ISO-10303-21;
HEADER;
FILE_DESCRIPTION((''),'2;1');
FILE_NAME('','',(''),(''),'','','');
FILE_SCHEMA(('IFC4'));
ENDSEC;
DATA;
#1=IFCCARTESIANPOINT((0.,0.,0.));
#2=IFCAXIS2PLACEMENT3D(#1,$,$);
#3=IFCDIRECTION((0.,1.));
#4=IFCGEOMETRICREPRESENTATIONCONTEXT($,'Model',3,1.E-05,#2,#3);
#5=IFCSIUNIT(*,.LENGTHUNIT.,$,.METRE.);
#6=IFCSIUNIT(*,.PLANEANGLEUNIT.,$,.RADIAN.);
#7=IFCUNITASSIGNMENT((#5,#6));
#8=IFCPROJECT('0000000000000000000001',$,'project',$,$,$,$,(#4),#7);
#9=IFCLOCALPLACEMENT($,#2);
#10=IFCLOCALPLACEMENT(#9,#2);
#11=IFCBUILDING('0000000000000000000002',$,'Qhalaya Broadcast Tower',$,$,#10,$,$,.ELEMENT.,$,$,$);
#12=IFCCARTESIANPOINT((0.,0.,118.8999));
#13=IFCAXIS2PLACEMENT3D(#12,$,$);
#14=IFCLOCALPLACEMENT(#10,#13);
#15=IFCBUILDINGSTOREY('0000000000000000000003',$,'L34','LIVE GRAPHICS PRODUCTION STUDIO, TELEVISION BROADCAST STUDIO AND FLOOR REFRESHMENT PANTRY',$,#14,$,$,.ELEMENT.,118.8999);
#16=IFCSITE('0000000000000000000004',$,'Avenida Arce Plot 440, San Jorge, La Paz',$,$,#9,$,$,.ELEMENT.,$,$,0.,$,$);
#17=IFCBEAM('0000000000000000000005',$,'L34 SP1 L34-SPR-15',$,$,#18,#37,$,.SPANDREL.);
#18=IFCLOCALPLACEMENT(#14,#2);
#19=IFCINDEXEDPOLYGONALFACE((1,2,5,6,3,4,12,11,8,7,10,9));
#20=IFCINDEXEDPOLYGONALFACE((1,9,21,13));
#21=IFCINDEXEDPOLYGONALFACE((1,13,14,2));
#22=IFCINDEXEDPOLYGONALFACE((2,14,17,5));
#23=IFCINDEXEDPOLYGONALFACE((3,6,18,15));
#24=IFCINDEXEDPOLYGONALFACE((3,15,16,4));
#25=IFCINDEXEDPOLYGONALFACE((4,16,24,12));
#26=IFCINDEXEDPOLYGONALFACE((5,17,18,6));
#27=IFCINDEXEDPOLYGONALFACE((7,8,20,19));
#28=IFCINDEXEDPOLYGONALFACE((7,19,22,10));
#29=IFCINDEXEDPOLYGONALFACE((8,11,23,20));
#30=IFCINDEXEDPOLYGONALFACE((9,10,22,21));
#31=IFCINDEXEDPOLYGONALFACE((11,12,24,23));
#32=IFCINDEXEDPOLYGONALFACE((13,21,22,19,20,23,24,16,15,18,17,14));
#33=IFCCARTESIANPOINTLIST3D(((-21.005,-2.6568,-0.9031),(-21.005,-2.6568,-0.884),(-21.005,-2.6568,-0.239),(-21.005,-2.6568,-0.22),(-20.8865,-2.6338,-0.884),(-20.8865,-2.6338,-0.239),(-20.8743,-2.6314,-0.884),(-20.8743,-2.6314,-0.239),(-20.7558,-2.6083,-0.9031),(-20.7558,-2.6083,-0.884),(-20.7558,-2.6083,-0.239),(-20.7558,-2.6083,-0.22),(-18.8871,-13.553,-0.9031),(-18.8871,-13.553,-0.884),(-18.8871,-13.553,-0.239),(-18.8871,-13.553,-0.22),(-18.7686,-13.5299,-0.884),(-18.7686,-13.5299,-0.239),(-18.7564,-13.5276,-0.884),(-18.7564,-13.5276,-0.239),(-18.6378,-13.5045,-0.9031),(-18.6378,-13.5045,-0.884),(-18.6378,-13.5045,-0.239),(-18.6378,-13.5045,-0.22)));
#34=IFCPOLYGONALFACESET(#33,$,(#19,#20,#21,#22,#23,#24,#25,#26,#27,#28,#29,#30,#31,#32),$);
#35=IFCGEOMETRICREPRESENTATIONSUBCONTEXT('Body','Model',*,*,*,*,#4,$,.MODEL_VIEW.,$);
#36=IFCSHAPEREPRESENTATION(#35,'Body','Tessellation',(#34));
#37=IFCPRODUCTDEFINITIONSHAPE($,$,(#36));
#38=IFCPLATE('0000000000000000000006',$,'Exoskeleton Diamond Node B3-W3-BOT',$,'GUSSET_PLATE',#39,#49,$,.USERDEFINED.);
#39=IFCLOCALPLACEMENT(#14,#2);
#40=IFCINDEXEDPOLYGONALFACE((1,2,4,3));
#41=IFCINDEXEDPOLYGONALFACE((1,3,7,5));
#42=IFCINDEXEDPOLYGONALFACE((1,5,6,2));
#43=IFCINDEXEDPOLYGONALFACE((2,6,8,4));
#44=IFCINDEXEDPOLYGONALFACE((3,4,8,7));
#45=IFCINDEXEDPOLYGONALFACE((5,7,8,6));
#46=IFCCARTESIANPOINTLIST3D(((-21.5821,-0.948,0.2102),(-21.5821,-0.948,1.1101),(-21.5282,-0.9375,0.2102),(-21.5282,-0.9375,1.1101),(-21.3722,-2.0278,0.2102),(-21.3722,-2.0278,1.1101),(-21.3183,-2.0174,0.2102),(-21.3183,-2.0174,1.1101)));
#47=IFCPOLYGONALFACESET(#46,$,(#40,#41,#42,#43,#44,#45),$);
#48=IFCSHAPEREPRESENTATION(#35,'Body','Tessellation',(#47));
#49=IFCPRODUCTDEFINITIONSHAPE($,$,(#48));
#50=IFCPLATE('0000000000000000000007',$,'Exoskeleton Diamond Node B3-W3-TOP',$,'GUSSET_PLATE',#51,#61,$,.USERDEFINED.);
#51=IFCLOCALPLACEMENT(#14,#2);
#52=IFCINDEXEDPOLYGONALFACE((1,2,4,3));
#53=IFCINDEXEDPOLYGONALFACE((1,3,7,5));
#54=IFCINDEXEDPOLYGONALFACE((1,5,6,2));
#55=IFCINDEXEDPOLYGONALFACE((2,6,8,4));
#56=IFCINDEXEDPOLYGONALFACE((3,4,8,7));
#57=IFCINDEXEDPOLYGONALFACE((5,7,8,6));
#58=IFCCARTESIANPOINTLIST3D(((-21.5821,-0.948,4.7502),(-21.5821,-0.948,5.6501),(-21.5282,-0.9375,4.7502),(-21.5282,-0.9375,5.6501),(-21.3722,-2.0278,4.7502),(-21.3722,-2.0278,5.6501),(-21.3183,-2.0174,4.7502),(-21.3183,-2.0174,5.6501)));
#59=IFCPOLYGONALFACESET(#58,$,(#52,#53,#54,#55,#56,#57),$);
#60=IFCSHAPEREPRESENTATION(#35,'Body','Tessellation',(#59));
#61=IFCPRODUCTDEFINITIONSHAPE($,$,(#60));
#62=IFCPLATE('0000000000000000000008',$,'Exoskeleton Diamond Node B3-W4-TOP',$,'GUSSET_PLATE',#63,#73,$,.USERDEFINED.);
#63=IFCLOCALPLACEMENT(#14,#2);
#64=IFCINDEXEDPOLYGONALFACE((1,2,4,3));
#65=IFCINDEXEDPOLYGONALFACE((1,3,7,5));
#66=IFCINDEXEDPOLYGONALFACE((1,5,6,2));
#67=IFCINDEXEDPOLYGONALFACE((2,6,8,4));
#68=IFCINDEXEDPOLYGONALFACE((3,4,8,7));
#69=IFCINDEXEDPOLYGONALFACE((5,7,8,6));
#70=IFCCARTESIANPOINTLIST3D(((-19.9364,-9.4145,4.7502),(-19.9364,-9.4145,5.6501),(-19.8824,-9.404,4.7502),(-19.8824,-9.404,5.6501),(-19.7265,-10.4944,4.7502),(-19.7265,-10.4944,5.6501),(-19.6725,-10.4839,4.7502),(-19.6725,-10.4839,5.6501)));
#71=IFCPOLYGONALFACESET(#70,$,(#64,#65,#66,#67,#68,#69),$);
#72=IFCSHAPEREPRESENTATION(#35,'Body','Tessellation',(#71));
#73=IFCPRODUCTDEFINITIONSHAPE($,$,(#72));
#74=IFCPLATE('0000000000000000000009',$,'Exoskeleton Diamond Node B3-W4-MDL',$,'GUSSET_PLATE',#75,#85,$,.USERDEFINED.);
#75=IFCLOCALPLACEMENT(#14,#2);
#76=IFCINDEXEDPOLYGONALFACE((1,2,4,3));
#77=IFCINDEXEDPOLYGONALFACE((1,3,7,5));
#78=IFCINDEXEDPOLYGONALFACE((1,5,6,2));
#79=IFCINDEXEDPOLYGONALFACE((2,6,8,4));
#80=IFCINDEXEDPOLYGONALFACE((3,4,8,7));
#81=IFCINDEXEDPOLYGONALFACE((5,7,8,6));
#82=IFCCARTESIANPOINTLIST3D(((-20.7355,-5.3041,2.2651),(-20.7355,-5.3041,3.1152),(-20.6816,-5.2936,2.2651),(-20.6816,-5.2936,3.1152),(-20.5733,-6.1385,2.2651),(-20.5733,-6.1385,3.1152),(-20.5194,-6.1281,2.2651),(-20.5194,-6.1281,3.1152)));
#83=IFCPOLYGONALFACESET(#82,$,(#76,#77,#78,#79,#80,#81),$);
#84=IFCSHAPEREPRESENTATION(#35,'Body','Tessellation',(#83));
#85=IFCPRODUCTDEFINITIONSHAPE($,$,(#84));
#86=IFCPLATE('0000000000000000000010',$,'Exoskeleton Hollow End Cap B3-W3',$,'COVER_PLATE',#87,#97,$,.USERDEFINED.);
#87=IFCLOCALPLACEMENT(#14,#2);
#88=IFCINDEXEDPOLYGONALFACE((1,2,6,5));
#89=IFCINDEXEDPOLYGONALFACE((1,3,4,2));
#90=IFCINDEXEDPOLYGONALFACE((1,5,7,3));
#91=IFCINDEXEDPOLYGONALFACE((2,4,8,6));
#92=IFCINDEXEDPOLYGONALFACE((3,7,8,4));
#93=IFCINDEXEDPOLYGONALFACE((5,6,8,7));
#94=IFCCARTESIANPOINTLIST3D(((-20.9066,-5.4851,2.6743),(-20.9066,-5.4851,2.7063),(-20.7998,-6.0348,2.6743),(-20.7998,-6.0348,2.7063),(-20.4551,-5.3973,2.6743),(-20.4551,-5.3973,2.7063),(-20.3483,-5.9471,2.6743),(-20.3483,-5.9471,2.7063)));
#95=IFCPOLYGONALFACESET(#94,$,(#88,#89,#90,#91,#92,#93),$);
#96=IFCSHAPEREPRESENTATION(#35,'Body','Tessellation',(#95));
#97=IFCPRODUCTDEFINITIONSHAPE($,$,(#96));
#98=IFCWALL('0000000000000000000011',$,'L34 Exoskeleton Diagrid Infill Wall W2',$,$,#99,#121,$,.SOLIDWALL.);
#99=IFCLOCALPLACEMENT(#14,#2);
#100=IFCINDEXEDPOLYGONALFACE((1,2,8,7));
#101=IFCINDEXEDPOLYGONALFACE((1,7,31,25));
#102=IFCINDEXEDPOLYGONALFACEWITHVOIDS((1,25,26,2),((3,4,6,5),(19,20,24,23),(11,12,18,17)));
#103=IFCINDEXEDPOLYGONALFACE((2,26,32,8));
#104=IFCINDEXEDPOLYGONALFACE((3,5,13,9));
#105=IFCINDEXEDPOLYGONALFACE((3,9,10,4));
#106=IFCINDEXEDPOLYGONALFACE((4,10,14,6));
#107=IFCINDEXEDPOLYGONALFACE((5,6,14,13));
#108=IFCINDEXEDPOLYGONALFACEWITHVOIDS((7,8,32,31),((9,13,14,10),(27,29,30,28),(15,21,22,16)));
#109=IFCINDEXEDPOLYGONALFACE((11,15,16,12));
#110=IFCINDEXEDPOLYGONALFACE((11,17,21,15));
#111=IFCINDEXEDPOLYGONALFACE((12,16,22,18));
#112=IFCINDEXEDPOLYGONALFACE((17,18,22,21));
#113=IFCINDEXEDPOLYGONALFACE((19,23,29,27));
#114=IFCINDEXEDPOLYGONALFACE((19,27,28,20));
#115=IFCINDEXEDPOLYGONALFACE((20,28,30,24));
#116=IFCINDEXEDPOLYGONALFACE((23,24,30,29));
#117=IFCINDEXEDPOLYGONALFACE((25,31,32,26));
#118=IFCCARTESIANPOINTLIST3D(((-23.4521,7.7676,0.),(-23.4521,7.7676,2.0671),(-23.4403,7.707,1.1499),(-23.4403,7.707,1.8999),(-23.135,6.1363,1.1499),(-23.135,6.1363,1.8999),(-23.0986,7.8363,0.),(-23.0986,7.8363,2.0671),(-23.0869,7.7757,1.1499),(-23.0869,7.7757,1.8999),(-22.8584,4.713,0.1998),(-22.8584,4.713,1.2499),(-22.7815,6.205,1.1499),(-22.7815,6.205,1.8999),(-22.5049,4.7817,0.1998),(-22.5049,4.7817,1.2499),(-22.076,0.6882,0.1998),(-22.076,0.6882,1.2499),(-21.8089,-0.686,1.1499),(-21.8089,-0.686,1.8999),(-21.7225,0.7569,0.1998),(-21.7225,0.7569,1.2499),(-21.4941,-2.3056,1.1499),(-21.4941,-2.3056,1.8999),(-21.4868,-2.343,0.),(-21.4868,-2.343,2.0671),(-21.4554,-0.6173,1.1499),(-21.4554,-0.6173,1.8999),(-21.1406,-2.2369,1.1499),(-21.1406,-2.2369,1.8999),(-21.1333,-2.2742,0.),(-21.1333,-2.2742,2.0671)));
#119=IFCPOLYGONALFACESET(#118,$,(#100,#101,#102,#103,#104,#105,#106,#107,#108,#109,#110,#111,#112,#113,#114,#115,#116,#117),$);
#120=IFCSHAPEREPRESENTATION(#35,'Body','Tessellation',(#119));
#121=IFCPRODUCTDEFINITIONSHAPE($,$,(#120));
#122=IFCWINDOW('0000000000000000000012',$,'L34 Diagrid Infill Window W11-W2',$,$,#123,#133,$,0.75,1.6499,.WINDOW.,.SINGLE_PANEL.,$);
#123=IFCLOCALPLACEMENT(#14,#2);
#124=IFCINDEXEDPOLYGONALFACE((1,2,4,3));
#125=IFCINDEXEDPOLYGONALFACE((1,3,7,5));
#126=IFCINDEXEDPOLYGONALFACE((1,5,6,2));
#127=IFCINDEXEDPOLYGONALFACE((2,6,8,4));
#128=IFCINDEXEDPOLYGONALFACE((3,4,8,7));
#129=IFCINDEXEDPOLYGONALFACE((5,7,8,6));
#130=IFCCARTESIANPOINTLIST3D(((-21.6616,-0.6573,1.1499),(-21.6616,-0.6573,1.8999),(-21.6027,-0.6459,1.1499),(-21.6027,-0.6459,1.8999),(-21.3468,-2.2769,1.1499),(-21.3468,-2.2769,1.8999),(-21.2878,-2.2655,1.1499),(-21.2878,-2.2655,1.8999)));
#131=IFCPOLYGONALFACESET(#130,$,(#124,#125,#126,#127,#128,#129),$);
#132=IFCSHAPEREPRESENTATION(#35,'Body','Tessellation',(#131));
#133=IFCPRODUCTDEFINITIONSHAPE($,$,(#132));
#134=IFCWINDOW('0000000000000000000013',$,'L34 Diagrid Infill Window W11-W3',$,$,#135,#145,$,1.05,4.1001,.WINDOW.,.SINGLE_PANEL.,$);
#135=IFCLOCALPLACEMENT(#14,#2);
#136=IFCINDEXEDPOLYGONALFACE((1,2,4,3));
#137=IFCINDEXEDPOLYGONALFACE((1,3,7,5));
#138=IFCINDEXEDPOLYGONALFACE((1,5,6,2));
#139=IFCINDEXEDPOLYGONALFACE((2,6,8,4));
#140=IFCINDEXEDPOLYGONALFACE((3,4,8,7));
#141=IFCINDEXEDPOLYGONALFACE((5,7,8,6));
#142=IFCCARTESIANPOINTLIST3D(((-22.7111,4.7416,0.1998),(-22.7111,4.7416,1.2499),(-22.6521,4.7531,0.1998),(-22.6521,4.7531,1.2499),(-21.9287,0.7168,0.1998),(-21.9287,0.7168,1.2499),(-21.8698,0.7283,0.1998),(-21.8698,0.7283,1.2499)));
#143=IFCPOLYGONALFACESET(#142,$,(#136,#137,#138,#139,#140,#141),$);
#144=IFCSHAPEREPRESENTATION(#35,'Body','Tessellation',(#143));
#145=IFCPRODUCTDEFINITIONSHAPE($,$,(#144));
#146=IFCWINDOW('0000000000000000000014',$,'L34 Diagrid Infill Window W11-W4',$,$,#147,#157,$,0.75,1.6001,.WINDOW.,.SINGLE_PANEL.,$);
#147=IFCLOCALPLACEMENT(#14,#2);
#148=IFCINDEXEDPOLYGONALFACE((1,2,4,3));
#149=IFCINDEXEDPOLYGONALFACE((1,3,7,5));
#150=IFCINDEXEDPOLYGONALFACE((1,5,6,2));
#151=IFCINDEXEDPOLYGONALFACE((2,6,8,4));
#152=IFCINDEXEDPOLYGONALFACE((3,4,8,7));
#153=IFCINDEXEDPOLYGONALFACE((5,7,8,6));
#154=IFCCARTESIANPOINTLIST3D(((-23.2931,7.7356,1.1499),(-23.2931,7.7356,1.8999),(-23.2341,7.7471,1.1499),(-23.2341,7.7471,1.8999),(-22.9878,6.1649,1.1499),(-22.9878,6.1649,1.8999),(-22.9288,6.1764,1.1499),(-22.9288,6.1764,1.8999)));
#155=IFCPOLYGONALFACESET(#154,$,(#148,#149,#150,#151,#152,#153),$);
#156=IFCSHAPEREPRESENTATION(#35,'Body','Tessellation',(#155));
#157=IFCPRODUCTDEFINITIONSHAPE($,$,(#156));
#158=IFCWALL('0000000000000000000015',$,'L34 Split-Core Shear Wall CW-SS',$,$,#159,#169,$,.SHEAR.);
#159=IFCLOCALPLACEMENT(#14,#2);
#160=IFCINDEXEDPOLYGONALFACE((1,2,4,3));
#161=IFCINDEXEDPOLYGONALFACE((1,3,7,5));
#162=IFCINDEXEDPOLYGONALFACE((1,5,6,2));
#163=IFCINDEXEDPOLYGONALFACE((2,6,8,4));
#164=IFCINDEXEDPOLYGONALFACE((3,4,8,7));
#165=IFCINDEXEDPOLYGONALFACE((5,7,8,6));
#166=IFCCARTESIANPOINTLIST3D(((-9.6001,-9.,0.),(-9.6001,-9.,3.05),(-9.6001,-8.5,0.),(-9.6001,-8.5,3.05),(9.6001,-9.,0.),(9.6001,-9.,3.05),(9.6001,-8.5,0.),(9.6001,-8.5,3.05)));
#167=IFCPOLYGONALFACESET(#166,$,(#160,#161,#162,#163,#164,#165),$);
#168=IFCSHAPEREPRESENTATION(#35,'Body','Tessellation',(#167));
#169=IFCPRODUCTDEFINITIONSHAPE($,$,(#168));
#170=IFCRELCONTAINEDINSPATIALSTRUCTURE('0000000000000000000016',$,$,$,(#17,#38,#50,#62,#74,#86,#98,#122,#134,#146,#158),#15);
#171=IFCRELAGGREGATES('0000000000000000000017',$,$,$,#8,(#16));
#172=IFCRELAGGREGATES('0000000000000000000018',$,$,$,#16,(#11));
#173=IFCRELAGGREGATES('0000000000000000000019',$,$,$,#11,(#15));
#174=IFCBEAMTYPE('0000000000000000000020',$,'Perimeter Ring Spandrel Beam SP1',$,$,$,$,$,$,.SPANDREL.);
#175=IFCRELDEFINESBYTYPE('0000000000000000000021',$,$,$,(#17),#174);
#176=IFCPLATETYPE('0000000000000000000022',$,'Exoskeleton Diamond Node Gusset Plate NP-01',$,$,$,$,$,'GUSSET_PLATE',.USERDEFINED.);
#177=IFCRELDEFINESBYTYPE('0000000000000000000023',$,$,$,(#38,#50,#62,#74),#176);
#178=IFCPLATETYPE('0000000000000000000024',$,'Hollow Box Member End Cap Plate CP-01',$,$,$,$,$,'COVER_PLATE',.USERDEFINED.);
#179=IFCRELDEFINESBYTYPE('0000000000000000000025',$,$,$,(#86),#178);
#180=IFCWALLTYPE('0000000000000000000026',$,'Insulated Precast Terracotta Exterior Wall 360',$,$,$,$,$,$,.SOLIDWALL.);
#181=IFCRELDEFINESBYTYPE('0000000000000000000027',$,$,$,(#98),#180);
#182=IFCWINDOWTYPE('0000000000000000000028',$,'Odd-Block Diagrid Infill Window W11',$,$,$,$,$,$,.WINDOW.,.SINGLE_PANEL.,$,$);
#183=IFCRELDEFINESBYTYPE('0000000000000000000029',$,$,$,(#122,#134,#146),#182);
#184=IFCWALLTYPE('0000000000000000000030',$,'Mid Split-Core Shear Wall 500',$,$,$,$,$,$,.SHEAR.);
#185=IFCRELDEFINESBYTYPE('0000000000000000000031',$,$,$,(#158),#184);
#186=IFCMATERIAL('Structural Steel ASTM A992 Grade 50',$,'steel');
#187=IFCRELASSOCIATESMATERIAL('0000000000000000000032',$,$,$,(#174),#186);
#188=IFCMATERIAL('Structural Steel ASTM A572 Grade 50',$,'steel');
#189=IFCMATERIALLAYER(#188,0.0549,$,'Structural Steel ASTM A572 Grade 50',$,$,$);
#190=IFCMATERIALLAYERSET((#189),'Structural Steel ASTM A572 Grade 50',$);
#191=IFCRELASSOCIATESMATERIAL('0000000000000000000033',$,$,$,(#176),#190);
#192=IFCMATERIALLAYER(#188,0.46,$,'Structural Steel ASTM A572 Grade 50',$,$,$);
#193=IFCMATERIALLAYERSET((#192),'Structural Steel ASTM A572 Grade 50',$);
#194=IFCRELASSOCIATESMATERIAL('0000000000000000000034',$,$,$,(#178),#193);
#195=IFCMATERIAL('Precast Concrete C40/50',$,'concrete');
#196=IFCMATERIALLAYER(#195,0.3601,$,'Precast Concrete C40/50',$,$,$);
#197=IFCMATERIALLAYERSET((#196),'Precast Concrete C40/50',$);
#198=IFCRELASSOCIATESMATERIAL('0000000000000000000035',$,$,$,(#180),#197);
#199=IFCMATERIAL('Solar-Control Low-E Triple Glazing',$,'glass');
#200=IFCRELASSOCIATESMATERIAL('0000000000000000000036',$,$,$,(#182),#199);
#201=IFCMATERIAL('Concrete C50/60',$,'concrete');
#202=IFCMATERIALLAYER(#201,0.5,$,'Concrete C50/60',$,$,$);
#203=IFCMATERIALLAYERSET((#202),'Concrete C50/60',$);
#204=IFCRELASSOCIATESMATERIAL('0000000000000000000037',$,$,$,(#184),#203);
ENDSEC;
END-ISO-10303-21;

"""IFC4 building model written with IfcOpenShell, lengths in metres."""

from ifc_helpers import new_model, si_unit, direction, frame, frame_2d, origin, origin_2d, place, context, subcontext, project, spatial, rectangle, i_section, extrude, material, layer, layer_set, material_profile, profile_set, type_object, element, fill, save


model = new_model("IFC4")

# Units and contexts
model_context = context("Model", 3, precision=1e-05, world=origin(), true_north=direction((0.0, 1.0)))
body_context = subcontext(model_context, "Body", "Model", "MODEL_VIEW")
ifc_project = project(units=[si_unit("LENGTHUNIT", "METRE"), si_unit("PLANEANGLEUNIT", "RADIAN")], contexts=[model_context])

# Site, building, storey
site_placement = place(None, origin())
site = spatial("IfcSite", under=ifc_project, at=site_placement, Name="Avenida Arce Plot 440, San Jorge, La Paz", CompositionType="ELEMENT", RefElevation=0.0)
building_placement = place(site_placement, origin())
building = spatial("IfcBuilding", under=site, at=building_placement, Name="Qhalaya Broadcast Tower", CompositionType="ELEMENT")
storey_placement = place(building_placement, frame((0.0, 0.0, 118.8999)))
storey = spatial("IfcBuildingStorey", under=building, at=storey_placement, Name="L34", Description="LIVE GRAPHICS PRODUCTION STUDIO, TELEVISION BROADCAST STUDIO AND FLOOR REFRESHMENT PANTRY", CompositionType="ELEMENT", Elevation=118.8999)

# Shared definitions
ifc_material_1 = material(Name="Structural Steel ASTM A572 Grade 50", Category="steel")

# Shared definitions
ifc_material_2 = material(Name="Structural Steel ASTM A992 Grade 50", Category="steel")

# Beam
ifc_material_profile_1 = material_profile(ifc_material_2, i_section(OverallWidth=0.2539, OverallDepth=0.6831, WebThickness=0.0125, FlangeThickness=0.019, at=origin_2d()), Name="W27X94")
ifc_profile_set_1 = profile_set([ifc_material_profile_1], Name="Structural Steel ASTM A992 Grade 50")
beam_type_1 = type_object("IfcBeamType", Name="Perimeter Ring Spandrel Beam SP1", PredefinedType="SPANDREL", material=ifc_profile_set_1)
beam_1_placement = place(storey_placement, frame((-20.8804, -2.6326, -0.5615), z_axis=(0.190801, -0.981629, 0.0), x_axis=(0.981629, 0.190801, 0.0)))
element("IfcBeam", 1, at=beam_1_placement, inside=storey, type_object=beam_type_1, Name="L34 SP1 L34-SPR-15", PredefinedType="SPANDREL", context=body_context, shape_type="SweptSolid", body=[
    extrude(i_section(OverallWidth=0.2539, OverallDepth=0.6831, WebThickness=0.0125, FlangeThickness=0.019, at=origin_2d()), origin(), (0.0, 0.0, 1.0), 11.1001),
])

# Plates
ifc_layer_1 = layer(ifc_material_1, 0.0549, Name="Structural Steel ASTM A572 Grade 50")
ifc_layer_set_1 = layer_set([ifc_layer_1], Name="Structural Steel ASTM A572 Grade 50")
plate_type_1 = type_object("IfcPlateType", Name="Exoskeleton Diamond Node Gusset Plate NP-01", ElementType="GUSSET_PLATE", PredefinedType="USERDEFINED", material=ifc_layer_set_1)
for number, where, z_axis, x_axis, name in (
    (2, (-21.4502, -1.4827, 0.2102), (0.0, 0.0, 1.0), (-0.190809, 0.981627, 0.0), "Exoskeleton Diamond Node B3-W3-BOT"),
    (3, (-21.4502, -1.4827, 4.7502), (0.0, 0.0, 1.0), (-0.190809, 0.981627, 0.0), "Exoskeleton Diamond Node B3-W3-TOP"),
    (4, (-19.8044, -9.9492, 4.7502), (0.0, 0.0, 1.0), (-0.190809, 0.981627, 0.0), "Exoskeleton Diamond Node B3-W4-TOP"),
):
    element("IfcPlate", number, at=place(storey_placement, frame(where, z_axis=z_axis, x_axis=x_axis)), inside=storey, type_object=plate_type_1, Name=name, ObjectType="GUSSET_PLATE", PredefinedType="USERDEFINED", context=body_context, shape_type="SweptSolid", body=[
        extrude(rectangle(XDim=1.1001, YDim=0.0549, at=origin_2d()), origin(), (0.0, 0.0, 1.0), 0.8999),
    ])
plate_1_placement = place(storey_placement, frame((-20.6274, -5.7161, 2.2651), z_axis=(0.0, 0.0, 1.0), x_axis=(-0.190809, 0.981627, 0.0)))
element("IfcPlate", 5, at=plate_1_placement, inside=storey, type_object=plate_type_1, Name="Exoskeleton Diamond Node B3-W4-MDL", ObjectType="GUSSET_PLATE", PredefinedType="USERDEFINED", context=body_context, shape_type="SweptSolid", body=[
    extrude(rectangle(XDim=0.8501, YDim=0.0549, at=origin_2d()), origin(), (0.0, 0.0, 1.0), 0.8501),
])
ifc_layer_2 = layer(ifc_material_1, 0.46, Name="Structural Steel ASTM A572 Grade 50")
ifc_layer_set_2 = layer_set([ifc_layer_2], Name="Structural Steel ASTM A572 Grade 50")
plate_type_2 = type_object("IfcPlateType", Name="Hollow Box Member End Cap Plate CP-01", ElementType="COVER_PLATE", PredefinedType="USERDEFINED", material=ifc_layer_set_2)
plate_2_placement = place(storey_placement, frame((-20.6274, -5.7161, 2.6743), z_axis=(0.0, 0.0, 1.0), x_axis=(-0.190809, 0.981627, 0.0)))
element("IfcPlate", 6, at=plate_2_placement, inside=storey, type_object=plate_type_2, Name="Exoskeleton Hollow End Cap B3-W3", ObjectType="COVER_PLATE", PredefinedType="USERDEFINED", context=body_context, shape_type="SweptSolid", body=[
    extrude(rectangle(XDim=0.5601, YDim=0.46, at=origin_2d()), origin(), (0.0, 0.0, 1.0), 0.032),
])

# Wall, openings, windows
ifc_material_3 = material(Name="Precast Concrete C40/50", Category="concrete")
ifc_layer_3 = layer(ifc_material_3, 0.3601, Name="Precast Concrete C40/50")
ifc_layer_set_3 = layer_set([ifc_layer_3], Name="Precast Concrete C40/50")
wall_type_1 = type_object("IfcWallType", Name="Insulated Precast Terracotta Exterior Wall 360", PredefinedType="SOLIDWALL", material=ifc_layer_set_3)
wall_1_placement = place(storey_placement, frame((-21.3101, -2.3086, 0.0), z_axis=(0.0, 0.0, 1.0), x_axis=(-0.190812, 0.981627, 0.0)))
wall_1 = element("IfcWall", 7, at=wall_1_placement, inside=storey, type_object=wall_type_1, Name="L34 Exoskeleton Diagrid Infill Wall W2", PredefinedType="SOLIDWALL", context=body_context, shape_type="SweptSolid", body=[
    extrude(rectangle(XDim=10.2998, YDim=0.3601, at=frame_2d((5.1499, 0.0))), origin(), (0.0, 0.0, 1.0), 2.0671),
])
opening_1_placement = place(wall_1_placement, frame((0.0381, 0.0, 1.1499)))
opening_1 = element("IfcOpeningElement", 8, at=opening_1_placement, cuts=wall_1, PredefinedType="OPENING", context=body_context, shape_type="SweptSolid", body=[
    extrude(rectangle(XDim=1.6499, YDim=0.75, at=frame_2d((0.825, 0.375))), frame((0.0, 0.1921, 0.0), z_axis=(0.0, -1.0, 0.0), x_axis=(1.0, 0.0, 0.0)), (0.0, 0.0, 1.0), 0.384),
])
opening_2_placement = place(wall_1_placement, frame((3.0879, 0.0, 0.2)))
opening_2 = element("IfcOpeningElement", 9, at=opening_2_placement, cuts=wall_1, PredefinedType="OPENING", context=body_context, shape_type="SweptSolid", body=[
    extrude(rectangle(XDim=4.1001, YDim=1.05, at=frame_2d((2.05, 0.5249))), frame((0.0, 0.1921, 0.0), z_axis=(0.0, -1.0, 0.0), x_axis=(1.0, 0.0, 0.0)), (0.0, 0.0, 1.0), 0.384),
])
opening_3_placement = place(wall_1_placement, frame((8.6379, 0.0, 1.1499)))
opening_3 = element("IfcOpeningElement", 10, at=opening_3_placement, cuts=wall_1, PredefinedType="OPENING", context=body_context, shape_type="SweptSolid", body=[
    extrude(rectangle(XDim=1.6001, YDim=0.75, at=frame_2d((0.8, 0.375))), frame((0.0, 0.1921, 0.0), z_axis=(0.0, -1.0, 0.0), x_axis=(1.0, 0.0, 0.0)), (0.0, 0.0, 1.0), 0.384),
])
ifc_material_4 = material(Name="Solar-Control Low-E Triple Glazing", Category="glass")
window_type = type_object("IfcWindowType", Name="Odd-Block Diagrid Infill Window W11", PartitioningType="SINGLE_PANEL", PredefinedType="WINDOW", material=ifc_material_4)
window_1_placement = place(opening_1_placement, origin())
window_1 = element("IfcWindow", 11, at=window_1_placement, inside=storey, type_object=window_type, Name="L34 Diagrid Infill Window W11-W2", OverallHeight=0.75, OverallWidth=1.6499, PartitioningType="SINGLE_PANEL", PredefinedType="WINDOW", context=body_context, shape_type="SweptSolid", body=[
    extrude(rectangle(XDim=1.6499, YDim=0.75, at=frame_2d((0.825, 0.375))), frame((0.0, 0.03, 0.0), z_axis=(0.0, -1.0, 0.0), x_axis=(1.0, 0.0, 0.0)), (0.0, 0.0, 1.0), 0.0601),
])
fill(opening_1, window_1)
window_2_placement = place(opening_2_placement, origin())
window_2 = element("IfcWindow", 12, at=window_2_placement, inside=storey, type_object=window_type, Name="L34 Diagrid Infill Window W11-W3", OverallHeight=1.05, OverallWidth=4.1001, PartitioningType="SINGLE_PANEL", PredefinedType="WINDOW", context=body_context, shape_type="SweptSolid", body=[
    extrude(rectangle(XDim=4.1001, YDim=1.05, at=frame_2d((2.05, 0.5249))), frame((0.0, 0.03, 0.0), z_axis=(0.0, -1.0, 0.0), x_axis=(1.0, 0.0, 0.0)), (0.0, 0.0, 1.0), 0.0601),
])
fill(opening_2, window_2)
window_3_placement = place(opening_3_placement, origin())
window_3 = element("IfcWindow", 13, at=window_3_placement, inside=storey, type_object=window_type, Name="L34 Diagrid Infill Window W11-W4", OverallHeight=0.75, OverallWidth=1.6001, PartitioningType="SINGLE_PANEL", PredefinedType="WINDOW", context=body_context, shape_type="SweptSolid", body=[
    extrude(rectangle(XDim=1.6001, YDim=0.75, at=frame_2d((0.8, 0.375))), frame((0.0, 0.03, 0.0), z_axis=(0.0, -1.0, 0.0), x_axis=(1.0, 0.0, 0.0)), (0.0, 0.0, 1.0), 0.0601),
])
fill(opening_3, window_3)

# Wall
ifc_material_5 = material(Name="Concrete C50/60", Category="concrete")
ifc_layer_4 = layer(ifc_material_5, 0.5, Name="Concrete C50/60")
ifc_layer_set_4 = layer_set([ifc_layer_4], Name="Concrete C50/60")
wall_type_2 = type_object("IfcWallType", Name="Mid Split-Core Shear Wall 500", PredefinedType="SHEAR", material=ifc_layer_set_4)
wall_2_placement = place(storey_placement, frame((-9.6001, -8.75, 0.0), z_axis=(0.0, 0.0, 1.0), x_axis=(1.0, 0.0, 0.0)))
element("IfcWall", 14, at=wall_2_placement, inside=storey, type_object=wall_type_2, Name="L34 Split-Core Shear Wall CW-SS", PredefinedType="SHEAR", context=body_context, shape_type="SweptSolid", body=[
    extrude(rectangle(XDim=19.2002, YDim=0.5, at=frame_2d((9.6001, 0.0))), origin(), (0.0, 0.0, 1.0), 3.05),
])

save(model, "model.ifc")
